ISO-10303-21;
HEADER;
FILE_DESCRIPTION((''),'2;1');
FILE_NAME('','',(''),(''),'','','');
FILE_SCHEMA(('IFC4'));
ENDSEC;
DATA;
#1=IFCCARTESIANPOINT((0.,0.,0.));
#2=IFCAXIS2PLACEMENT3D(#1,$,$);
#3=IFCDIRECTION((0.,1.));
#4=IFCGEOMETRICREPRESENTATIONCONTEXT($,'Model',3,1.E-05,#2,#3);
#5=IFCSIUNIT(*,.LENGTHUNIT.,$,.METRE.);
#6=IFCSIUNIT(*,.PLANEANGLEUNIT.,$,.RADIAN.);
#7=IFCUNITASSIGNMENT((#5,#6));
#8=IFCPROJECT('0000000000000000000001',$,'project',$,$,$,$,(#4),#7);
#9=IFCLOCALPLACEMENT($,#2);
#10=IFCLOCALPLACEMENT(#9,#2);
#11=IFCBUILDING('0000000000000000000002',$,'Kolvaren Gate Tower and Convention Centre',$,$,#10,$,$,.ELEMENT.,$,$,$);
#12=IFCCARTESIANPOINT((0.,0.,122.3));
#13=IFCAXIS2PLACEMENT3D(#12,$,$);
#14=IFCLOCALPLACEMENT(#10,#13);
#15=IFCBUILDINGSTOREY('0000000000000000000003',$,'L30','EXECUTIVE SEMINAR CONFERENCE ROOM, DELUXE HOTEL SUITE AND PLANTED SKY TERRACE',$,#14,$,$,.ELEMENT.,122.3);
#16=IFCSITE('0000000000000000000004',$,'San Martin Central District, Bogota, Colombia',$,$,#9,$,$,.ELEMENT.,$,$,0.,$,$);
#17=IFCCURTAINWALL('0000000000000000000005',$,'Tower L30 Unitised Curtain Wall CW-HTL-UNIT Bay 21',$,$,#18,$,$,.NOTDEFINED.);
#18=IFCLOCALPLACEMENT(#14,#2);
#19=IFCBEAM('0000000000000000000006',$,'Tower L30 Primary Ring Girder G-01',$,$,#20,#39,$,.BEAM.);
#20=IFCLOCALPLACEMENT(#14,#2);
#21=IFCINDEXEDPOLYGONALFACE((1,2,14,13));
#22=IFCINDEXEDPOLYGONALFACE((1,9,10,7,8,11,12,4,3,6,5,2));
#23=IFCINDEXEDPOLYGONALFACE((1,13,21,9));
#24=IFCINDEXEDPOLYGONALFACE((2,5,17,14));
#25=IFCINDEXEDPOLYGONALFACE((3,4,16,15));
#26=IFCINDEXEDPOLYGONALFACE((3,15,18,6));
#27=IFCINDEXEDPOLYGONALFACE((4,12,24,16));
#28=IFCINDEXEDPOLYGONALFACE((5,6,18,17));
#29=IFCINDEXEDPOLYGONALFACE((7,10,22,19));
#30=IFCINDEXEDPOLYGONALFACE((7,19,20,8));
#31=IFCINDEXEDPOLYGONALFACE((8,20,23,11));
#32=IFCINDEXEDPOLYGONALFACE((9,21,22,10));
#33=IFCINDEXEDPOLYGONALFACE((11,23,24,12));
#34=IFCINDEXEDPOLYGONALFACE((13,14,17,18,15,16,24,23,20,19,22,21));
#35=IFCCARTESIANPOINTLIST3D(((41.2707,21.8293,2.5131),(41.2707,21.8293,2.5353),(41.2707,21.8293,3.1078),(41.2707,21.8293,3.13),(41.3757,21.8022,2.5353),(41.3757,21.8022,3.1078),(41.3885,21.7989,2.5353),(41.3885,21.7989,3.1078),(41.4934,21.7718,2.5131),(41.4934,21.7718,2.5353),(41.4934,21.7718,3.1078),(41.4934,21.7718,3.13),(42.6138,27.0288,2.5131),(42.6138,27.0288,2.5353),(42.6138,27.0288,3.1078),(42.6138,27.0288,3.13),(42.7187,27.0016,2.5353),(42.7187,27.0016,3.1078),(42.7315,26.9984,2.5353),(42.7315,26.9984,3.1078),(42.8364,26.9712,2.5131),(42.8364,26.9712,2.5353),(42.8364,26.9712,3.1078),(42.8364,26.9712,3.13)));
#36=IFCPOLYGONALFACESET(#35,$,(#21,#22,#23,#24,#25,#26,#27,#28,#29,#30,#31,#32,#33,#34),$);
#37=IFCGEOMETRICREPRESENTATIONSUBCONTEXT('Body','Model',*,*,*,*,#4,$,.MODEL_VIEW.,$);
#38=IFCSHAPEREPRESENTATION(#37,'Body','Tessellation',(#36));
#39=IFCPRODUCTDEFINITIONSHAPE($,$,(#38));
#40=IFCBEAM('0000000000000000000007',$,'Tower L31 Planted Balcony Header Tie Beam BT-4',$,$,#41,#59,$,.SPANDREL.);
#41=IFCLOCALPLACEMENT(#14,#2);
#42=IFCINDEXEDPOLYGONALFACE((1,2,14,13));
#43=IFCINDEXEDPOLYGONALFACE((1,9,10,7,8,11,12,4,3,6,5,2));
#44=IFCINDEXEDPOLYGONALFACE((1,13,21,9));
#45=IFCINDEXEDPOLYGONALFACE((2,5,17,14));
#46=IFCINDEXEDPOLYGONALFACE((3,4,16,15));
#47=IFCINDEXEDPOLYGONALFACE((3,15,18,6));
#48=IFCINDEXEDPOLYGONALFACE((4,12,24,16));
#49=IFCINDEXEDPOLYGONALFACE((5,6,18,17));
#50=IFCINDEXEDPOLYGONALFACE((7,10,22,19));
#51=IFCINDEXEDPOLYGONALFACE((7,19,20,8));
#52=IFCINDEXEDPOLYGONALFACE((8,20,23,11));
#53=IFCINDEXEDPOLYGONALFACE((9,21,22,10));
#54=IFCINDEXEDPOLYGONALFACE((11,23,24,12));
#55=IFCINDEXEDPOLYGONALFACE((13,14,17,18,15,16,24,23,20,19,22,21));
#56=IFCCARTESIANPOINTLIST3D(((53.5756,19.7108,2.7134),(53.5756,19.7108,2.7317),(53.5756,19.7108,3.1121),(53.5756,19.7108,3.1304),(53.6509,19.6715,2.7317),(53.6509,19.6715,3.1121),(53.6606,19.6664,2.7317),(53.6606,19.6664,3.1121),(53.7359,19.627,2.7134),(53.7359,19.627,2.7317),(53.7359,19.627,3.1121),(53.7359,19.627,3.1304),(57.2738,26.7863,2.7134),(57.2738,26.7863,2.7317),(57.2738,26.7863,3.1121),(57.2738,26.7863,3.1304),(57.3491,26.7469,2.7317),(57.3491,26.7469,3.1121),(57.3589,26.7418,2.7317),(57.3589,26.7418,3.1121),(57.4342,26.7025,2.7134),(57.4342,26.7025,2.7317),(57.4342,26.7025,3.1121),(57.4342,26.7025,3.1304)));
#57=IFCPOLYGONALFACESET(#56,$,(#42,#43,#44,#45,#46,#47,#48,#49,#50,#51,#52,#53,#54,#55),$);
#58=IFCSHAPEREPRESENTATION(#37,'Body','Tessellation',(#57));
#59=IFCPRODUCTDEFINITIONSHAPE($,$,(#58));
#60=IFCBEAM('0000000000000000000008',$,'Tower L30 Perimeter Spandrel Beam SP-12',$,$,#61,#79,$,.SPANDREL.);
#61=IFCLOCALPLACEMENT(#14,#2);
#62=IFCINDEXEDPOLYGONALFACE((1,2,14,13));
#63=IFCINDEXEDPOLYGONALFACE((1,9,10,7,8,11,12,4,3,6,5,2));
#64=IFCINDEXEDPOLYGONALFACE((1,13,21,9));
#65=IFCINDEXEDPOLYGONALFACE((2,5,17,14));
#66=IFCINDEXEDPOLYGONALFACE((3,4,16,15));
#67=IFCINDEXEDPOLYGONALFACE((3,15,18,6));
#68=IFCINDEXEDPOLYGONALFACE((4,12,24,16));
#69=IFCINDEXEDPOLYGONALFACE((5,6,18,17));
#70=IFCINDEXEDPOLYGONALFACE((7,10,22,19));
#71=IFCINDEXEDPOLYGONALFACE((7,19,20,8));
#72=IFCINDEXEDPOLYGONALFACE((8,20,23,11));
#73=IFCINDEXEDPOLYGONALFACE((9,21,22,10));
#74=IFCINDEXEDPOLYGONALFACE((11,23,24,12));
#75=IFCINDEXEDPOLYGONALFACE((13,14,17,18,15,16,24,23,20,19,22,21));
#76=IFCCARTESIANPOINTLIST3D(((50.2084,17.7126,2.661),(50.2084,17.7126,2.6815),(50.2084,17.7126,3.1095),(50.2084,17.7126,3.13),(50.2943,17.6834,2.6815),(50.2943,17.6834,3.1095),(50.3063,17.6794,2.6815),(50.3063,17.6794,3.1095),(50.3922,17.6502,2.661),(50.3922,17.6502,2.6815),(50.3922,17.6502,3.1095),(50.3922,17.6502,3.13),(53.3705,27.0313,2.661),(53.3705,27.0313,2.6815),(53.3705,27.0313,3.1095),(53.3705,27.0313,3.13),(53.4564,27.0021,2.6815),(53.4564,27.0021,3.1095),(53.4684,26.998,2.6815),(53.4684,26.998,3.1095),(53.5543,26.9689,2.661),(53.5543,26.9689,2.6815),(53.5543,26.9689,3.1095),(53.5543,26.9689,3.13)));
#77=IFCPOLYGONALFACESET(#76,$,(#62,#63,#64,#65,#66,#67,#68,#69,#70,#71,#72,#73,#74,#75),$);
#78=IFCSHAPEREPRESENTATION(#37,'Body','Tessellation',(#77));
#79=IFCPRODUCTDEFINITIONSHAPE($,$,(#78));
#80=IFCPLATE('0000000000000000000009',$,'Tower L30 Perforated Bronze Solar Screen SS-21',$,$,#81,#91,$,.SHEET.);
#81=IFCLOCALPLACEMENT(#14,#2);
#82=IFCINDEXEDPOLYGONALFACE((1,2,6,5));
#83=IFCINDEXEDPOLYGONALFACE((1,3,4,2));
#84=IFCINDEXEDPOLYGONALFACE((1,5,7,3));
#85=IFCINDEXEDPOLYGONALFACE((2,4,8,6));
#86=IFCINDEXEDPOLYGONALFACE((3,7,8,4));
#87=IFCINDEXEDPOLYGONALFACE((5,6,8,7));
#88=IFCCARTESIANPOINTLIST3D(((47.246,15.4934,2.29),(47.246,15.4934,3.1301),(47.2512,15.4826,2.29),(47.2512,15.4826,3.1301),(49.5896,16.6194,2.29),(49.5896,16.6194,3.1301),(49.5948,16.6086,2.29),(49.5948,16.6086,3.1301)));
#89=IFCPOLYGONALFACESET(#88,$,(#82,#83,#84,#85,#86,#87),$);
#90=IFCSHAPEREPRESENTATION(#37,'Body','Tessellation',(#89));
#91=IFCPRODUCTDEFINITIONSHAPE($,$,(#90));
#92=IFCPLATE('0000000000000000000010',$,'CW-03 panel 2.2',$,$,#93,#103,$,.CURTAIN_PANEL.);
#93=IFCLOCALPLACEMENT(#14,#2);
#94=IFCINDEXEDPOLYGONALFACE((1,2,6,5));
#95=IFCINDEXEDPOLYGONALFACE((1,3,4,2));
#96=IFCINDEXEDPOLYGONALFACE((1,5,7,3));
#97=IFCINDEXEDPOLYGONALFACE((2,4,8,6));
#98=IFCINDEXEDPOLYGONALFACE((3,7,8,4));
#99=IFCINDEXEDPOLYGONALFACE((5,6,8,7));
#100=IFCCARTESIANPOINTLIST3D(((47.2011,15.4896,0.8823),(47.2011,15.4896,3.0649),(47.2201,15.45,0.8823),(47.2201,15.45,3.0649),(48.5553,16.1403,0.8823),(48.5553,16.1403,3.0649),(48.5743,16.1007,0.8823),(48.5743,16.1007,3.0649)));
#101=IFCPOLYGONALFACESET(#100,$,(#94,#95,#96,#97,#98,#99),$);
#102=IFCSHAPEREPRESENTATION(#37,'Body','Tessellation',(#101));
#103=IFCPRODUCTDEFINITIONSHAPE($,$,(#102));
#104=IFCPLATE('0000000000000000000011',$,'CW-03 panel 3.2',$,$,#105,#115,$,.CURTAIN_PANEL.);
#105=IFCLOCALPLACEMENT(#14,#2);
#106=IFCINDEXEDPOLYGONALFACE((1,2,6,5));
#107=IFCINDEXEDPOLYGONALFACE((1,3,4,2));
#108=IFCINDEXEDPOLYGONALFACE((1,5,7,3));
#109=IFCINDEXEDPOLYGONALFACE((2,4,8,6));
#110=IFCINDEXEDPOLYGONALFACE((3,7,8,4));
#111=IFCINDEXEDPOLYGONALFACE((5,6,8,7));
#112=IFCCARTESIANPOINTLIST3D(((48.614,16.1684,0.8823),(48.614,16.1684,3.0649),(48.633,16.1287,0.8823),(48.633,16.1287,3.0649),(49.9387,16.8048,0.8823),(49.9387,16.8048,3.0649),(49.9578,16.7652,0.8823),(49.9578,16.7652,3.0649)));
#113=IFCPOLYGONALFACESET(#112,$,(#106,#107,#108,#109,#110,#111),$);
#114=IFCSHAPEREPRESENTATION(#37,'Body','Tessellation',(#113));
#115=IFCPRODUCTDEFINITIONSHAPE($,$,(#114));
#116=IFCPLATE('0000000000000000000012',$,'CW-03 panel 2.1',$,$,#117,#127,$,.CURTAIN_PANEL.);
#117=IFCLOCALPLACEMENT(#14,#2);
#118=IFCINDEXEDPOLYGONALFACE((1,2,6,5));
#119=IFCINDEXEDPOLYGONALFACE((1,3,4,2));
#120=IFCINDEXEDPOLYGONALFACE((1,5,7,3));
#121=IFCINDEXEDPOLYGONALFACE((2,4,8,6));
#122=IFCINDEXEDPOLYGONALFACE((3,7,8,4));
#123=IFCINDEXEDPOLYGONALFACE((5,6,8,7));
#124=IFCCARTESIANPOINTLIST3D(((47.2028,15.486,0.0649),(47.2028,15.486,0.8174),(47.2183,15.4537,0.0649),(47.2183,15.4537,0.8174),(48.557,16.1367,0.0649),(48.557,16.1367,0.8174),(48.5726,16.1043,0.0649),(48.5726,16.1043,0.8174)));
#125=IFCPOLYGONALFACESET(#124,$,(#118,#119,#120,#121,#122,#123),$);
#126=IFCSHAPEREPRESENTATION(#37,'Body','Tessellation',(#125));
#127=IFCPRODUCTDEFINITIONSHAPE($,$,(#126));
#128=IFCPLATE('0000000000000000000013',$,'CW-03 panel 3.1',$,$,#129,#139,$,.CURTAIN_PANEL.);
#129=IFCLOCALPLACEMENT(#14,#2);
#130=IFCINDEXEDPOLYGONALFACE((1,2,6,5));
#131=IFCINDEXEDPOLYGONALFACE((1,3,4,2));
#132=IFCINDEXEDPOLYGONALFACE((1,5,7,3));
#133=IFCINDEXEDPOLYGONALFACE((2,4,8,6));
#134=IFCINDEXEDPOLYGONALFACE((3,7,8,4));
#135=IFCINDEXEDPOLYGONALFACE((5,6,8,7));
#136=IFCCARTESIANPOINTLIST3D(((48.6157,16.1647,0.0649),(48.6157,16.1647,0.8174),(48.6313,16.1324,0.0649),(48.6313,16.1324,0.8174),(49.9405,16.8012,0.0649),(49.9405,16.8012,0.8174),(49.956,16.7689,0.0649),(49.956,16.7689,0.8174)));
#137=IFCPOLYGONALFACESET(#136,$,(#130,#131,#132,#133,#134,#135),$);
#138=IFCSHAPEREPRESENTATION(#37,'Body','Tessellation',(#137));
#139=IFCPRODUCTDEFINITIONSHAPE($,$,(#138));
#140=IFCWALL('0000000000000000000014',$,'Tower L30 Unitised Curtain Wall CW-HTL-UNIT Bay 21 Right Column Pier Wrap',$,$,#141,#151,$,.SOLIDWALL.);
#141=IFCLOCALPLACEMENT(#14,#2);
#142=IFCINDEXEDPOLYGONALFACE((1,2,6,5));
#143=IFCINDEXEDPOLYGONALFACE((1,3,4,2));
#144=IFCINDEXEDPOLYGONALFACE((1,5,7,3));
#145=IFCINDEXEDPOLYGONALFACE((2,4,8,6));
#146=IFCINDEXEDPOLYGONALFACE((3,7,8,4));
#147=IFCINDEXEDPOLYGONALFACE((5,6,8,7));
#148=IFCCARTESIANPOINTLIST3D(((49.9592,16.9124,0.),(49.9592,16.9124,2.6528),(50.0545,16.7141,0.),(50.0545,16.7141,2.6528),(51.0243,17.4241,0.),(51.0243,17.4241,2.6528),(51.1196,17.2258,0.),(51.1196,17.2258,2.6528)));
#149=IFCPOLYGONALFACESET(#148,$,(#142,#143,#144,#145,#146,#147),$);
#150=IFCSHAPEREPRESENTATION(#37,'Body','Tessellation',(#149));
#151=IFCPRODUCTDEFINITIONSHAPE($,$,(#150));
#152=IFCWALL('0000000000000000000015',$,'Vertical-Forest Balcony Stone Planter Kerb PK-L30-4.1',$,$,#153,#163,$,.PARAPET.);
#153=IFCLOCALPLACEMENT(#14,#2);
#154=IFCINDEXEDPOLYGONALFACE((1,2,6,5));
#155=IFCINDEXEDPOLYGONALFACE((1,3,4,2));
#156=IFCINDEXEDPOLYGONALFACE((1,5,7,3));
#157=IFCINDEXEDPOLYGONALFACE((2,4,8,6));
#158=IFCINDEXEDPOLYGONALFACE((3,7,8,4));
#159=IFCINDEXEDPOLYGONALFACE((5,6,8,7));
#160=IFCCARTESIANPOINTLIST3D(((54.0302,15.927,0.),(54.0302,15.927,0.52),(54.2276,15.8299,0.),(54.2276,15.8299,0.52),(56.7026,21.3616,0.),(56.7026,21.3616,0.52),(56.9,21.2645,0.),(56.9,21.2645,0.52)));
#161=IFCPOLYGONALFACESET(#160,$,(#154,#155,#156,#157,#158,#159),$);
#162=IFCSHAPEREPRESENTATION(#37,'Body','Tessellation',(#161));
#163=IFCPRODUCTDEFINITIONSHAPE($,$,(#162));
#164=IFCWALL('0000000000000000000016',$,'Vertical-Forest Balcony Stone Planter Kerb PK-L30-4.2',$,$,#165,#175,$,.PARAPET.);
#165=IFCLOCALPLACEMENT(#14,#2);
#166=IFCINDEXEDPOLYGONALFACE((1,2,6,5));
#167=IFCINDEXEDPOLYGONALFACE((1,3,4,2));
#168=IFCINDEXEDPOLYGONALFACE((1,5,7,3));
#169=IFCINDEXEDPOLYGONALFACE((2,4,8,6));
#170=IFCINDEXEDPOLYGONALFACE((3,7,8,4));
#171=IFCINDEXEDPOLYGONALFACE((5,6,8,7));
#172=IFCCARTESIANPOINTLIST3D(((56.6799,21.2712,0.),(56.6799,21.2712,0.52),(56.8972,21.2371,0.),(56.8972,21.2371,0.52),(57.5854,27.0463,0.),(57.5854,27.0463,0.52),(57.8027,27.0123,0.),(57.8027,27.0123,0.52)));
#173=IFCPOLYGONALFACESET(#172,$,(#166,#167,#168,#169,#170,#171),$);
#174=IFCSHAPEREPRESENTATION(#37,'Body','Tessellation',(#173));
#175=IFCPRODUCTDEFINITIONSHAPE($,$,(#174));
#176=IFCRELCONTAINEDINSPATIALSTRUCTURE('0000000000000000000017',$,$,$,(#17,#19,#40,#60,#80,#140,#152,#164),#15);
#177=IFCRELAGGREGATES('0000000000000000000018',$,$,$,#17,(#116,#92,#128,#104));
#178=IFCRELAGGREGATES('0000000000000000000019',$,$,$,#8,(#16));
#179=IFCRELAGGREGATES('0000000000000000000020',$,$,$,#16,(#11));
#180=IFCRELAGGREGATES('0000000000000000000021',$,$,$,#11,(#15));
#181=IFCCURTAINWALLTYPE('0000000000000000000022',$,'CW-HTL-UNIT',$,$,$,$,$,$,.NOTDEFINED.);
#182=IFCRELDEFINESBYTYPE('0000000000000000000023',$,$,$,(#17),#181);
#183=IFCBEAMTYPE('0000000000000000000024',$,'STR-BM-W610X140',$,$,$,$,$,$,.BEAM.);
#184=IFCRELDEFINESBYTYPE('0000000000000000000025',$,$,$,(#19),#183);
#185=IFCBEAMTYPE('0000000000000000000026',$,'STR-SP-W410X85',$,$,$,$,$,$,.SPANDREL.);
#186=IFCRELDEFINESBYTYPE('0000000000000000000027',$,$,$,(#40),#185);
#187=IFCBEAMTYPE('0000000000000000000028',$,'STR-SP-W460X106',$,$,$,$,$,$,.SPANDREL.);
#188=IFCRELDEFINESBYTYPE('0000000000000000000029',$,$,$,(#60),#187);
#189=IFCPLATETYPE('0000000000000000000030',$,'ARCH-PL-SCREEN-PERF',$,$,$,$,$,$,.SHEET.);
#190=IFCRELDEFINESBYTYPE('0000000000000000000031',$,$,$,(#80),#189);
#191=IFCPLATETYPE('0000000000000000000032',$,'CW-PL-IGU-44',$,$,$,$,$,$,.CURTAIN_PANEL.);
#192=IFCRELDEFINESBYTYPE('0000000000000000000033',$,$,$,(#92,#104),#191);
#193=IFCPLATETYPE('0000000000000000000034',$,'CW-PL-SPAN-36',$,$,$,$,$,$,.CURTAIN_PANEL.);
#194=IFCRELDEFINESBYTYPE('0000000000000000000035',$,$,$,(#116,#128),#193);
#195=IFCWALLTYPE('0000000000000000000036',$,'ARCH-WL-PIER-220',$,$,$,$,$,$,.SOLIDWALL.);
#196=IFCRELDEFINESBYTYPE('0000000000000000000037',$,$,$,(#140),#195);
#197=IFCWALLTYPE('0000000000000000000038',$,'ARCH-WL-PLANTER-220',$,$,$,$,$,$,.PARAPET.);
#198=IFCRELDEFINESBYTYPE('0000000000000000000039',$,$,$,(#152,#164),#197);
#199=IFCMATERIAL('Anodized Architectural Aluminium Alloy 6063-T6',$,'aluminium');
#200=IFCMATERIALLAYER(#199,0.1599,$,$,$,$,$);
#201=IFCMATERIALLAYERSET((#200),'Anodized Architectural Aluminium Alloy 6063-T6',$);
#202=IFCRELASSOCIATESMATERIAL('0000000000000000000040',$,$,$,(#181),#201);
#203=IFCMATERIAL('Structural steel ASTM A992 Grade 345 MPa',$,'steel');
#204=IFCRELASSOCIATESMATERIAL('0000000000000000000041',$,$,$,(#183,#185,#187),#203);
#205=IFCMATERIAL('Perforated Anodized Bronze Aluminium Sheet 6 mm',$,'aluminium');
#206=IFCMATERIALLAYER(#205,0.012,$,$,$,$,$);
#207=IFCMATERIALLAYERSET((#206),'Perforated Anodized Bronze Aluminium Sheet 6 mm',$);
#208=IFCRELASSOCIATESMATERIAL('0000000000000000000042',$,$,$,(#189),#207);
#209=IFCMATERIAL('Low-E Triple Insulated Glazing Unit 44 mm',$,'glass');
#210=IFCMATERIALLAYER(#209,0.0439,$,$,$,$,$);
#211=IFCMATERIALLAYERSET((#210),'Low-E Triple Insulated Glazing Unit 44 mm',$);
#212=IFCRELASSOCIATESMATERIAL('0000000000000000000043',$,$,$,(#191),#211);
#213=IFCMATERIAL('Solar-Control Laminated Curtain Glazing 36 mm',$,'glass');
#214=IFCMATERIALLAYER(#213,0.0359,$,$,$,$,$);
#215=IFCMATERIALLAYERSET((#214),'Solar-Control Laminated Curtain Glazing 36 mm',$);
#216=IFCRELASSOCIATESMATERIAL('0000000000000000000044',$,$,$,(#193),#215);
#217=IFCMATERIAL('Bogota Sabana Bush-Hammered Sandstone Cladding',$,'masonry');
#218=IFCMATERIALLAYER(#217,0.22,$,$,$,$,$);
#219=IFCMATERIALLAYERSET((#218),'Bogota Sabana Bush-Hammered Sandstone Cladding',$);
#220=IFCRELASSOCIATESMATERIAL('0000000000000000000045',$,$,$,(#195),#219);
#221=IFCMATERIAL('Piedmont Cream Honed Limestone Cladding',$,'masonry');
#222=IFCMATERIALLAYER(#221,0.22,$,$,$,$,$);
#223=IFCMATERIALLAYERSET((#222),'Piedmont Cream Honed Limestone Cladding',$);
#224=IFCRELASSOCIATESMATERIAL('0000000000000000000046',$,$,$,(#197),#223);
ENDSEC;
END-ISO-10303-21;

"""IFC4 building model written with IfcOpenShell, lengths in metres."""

from ifc_helpers import new_model, si_unit, direction, frame, frame_2d, origin, origin_2d, place, context, subcontext, project, spatial, rectangle, i_section, extrude, material, layer, layer_set, material_profile, profile_set, type_object, element, aggregate, save


model = new_model("IFC4")

# Units and contexts
model_context = context("Model", 3, precision=1e-05, world=origin(), true_north=direction((0.0, 1.0)))
body_context = subcontext(model_context, "Body", "Model", "MODEL_VIEW")
ifc_project = project(units=[si_unit("LENGTHUNIT", "METRE"), si_unit("PLANEANGLEUNIT", "RADIAN")], contexts=[model_context])

# Site, building, storey
site_placement = place(None, origin())
site = spatial("IfcSite", under=ifc_project, at=site_placement, Name="San Martin Central District, Bogota, Colombia", CompositionType="ELEMENT", RefElevation=0.0)
building_placement = place(site_placement, origin())
building = spatial("IfcBuilding", under=site, at=building_placement, Name="Kolvaren Gate Tower and Convention Centre", CompositionType="ELEMENT")
storey_placement = place(building_placement, frame((0.0, 0.0, 122.3)))
storey = spatial("IfcBuildingStorey", under=building, at=storey_placement, Name="L30", Description="EXECUTIVE SEMINAR CONFERENCE ROOM, DELUXE HOTEL SUITE AND PLANTED SKY TERRACE", CompositionType="ELEMENT", Elevation=122.3)

# Curtain wall
ifc_material_1 = material(Name="Anodized Architectural Aluminium Alloy 6063-T6", Category="aluminium")
ifc_layer_1 = layer(ifc_material_1, 0.1599)
ifc_layer_set_1 = layer_set([ifc_layer_1], Name="Anodized Architectural Aluminium Alloy 6063-T6")
curtain_wall_type = type_object("IfcCurtainWallType", Name="CW-HTL-UNIT", PredefinedType="NOTDEFINED", material=ifc_layer_set_1)
curtain_wall_placement = place(storey_placement, origin())
curtain_wall = element("IfcCurtainWall", 1, at=curtain_wall_placement, inside=storey, type_object=curtain_wall_type, Name="Tower L30 Unitised Curtain Wall CW-HTL-UNIT Bay 21", PredefinedType="NOTDEFINED")

# Beams
ifc_material_2 = material(Name="Structural steel ASTM A992 Grade 345 MPa", Category="steel")
ifc_material_profile_1 = material_profile(ifc_material_2, i_section(OverallWidth=0.23, OverallDepth=0.6169, WebThickness=0.0132, FlangeThickness=0.0222, at=origin_2d()), Name="W610X140")
ifc_profile_set_1 = profile_set([ifc_material_profile_1], Name="Structural steel ASTM A992 Grade 345 MPa")
beam_type_1 = type_object("IfcBeamType", Name="STR-BM-W610X140", PredefinedType="BEAM", material=ifc_profile_set_1)
beam_1_placement = place(storey_placement, frame((42.7251, 27.0, 2.8215), z_axis=(-0.250091, -0.968222, 0.0), x_axis=(0.968222, -0.250091, 0.0)))
element("IfcBeam", 2, at=beam_1_placement, inside=storey, type_object=beam_type_1, Name="Tower L30 Primary Ring Girder G-01", PredefinedType="BEAM", context=body_context, shape_type="SweptSolid", body=[
    extrude(i_section(OverallWidth=0.23, OverallDepth=0.6169, WebThickness=0.0132, FlangeThickness=0.0222, at=origin_2d()), origin(), (0.0, 0.0, 1.0), 5.3701),
])
ifc_material_profile_2 = material_profile(ifc_material_2, i_section(OverallWidth=0.1809, OverallDepth=0.417, WebThickness=0.011, FlangeThickness=0.0183, at=origin_2d()), Name="W410X85")
ifc_profile_set_2 = profile_set([ifc_material_profile_2], Name="Structural steel ASTM A992 Grade 345 MPa")
beam_type_2 = type_object("IfcBeamType", Name="STR-SP-W410X85", PredefinedType="SPANDREL", material=ifc_profile_set_2)
beam_2_placement = place(storey_placement, frame((53.6558, 19.6689, 2.9219), z_axis=(0.463226, 0.88624, 0.0), x_axis=(-0.88624, 0.463226, 0.0)))
element("IfcBeam", 3, at=beam_2_placement, inside=storey, type_object=beam_type_2, Name="Tower L31 Planted Balcony Header Tie Beam BT-4", PredefinedType="SPANDREL", context=body_context, shape_type="SweptSolid", body=[
    extrude(i_section(OverallWidth=0.1809, OverallDepth=0.417, WebThickness=0.011, FlangeThickness=0.0183, at=origin_2d()), origin(), (0.0, 0.0, 1.0), 7.9836),
])
ifc_material_profile_3 = material_profile(ifc_material_2, i_section(OverallWidth=0.1941, OverallDepth=0.469, WebThickness=0.0127, FlangeThickness=0.0205, at=origin_2d()), Name="W460X106")
ifc_profile_set_3 = profile_set([ifc_material_profile_3], Name="Structural steel ASTM A992 Grade 345 MPa")
beam_type_3 = type_object("IfcBeamType", Name="STR-SP-W460X106", PredefinedType="SPANDREL", material=ifc_profile_set_3)
beam_3_placement = place(storey_placement, frame((50.3003, 17.6814, 2.8955), z_axis=(0.321336, 0.946965, 0.0), x_axis=(-0.946965, 0.321336, 0.0)))
element("IfcBeam", 4, at=beam_3_placement, inside=storey, type_object=beam_type_3, Name="Tower L30 Perimeter Spandrel Beam SP-12", PredefinedType="SPANDREL", context=body_context, shape_type="SweptSolid", body=[
    extrude(i_section(OverallWidth=0.1941, OverallDepth=0.469, WebThickness=0.0127, FlangeThickness=0.0205, at=origin_2d()), origin(), (0.0, 0.0, 1.0), 9.8406),
])

# Plates
ifc_material_3 = material(Name="Perforated Anodized Bronze Aluminium Sheet 6 mm", Category="aluminium")
ifc_layer_2 = layer(ifc_material_3, 0.012)
ifc_layer_set_2 = layer_set([ifc_layer_2], Name="Perforated Anodized Bronze Aluminium Sheet 6 mm")
plate_type_1 = type_object("IfcPlateType", Name="ARCH-PL-SCREEN-PERF", PredefinedType="SHEET", material=ifc_layer_set_2)
plate_1_placement = place(storey_placement, frame((48.4204, 16.051, 2.29), z_axis=(0.0, 0.0, 1.0), x_axis=(0.901363, 0.433065, 0.0)))
element("IfcPlate", 5, at=plate_1_placement, inside=storey, type_object=plate_type_1, Name="Tower L30 Perforated Bronze Solar Screen SS-21", PredefinedType="SHEET", context=body_context, shape_type="SweptSolid", body=[
    extrude(rectangle(XDim=2.6001, YDim=0.012, at=origin_2d()), origin(), (0.0, 0.0, 1.0), 0.8401),
])
ifc_material_4 = material(Name="Low-E Triple Insulated Glazing Unit 44 mm", Category="glass")
ifc_layer_3 = layer(ifc_material_4, 0.0439)
ifc_layer_set_3 = layer_set([ifc_layer_3], Name="Low-E Triple Insulated Glazing Unit 44 mm")
plate_type_2 = type_object("IfcPlateType", Name="CW-PL-IGU-44", PredefinedType="CURTAIN_PANEL", material=ifc_layer_set_3)
plate_2_placement = place(storey_placement, frame((47.8877, 15.7952, 0.8823), z_axis=(0.0, 0.0, 1.0), x_axis=(0.90136, 0.433071, 0.0)))
plate_2 = element("IfcPlate", 6, at=plate_2_placement, type_object=plate_type_2, Name="CW-03 panel 2.2", PredefinedType="CURTAIN_PANEL", context=body_context, shape_type="SweptSolid", body=[
    extrude(rectangle(XDim=1.5024, YDim=0.0439, at=origin_2d()), origin(), (0.0, 0.0, 1.0), 2.1826),
])
plate_3_placement = place(storey_placement, frame((49.2859, 16.4668, 0.8823), z_axis=(0.0, 0.0, 1.0), x_axis=(0.90136, 0.433071, 0.0)))
plate_3 = element("IfcPlate", 7, at=plate_3_placement, type_object=plate_type_2, Name="CW-03 panel 3.2", PredefinedType="CURTAIN_PANEL", context=body_context, shape_type="SweptSolid", body=[
    extrude(rectangle(XDim=1.4697, YDim=0.0439, at=origin_2d()), origin(), (0.0, 0.0, 1.0), 2.1826),
])
ifc_material_5 = material(Name="Solar-Control Laminated Curtain Glazing 36 mm", Category="glass")
ifc_layer_4 = layer(ifc_material_5, 0.0359)
ifc_layer_set_4 = layer_set([ifc_layer_4], Name="Solar-Control Laminated Curtain Glazing 36 mm")
plate_type_3 = type_object("IfcPlateType", Name="CW-PL-SPAN-36", PredefinedType="CURTAIN_PANEL", material=ifc_layer_set_4)
plate_4_placement = place(storey_placement, frame((47.8877, 15.7952, 0.0649), z_axis=(0.0, 0.0, 1.0), x_axis=(0.90136, 0.433071, 0.0)))
plate_4 = element("IfcPlate", 8, at=plate_4_placement, type_object=plate_type_3, Name="CW-03 panel 2.1", PredefinedType="CURTAIN_PANEL", context=body_context, shape_type="SweptSolid", body=[
    extrude(rectangle(XDim=1.5024, YDim=0.0359, at=origin_2d()), origin(), (0.0, 0.0, 1.0), 0.7524),
])
plate_5_placement = place(storey_placement, frame((49.2859, 16.4668, 0.0649), z_axis=(0.0, 0.0, 1.0), x_axis=(0.90136, 0.433071, 0.0)))
plate_5 = element("IfcPlate", 9, at=plate_5_placement, type_object=plate_type_3, Name="CW-03 panel 3.1", PredefinedType="CURTAIN_PANEL", context=body_context, shape_type="SweptSolid", body=[
    extrude(rectangle(XDim=1.4697, YDim=0.0359, at=origin_2d()), origin(), (0.0, 0.0, 1.0), 0.7524),
])
aggregate(curtain_wall, [plate_4, plate_2, plate_5, plate_3])

# Walls
ifc_material_6 = material(Name="Bogota Sabana Bush-Hammered Sandstone Cladding", Category="masonry")
ifc_layer_5 = layer(ifc_material_6, 0.22)
ifc_layer_set_5 = layer_set([ifc_layer_5], Name="Bogota Sabana Bush-Hammered Sandstone Cladding")
wall_type_1 = type_object("IfcWallType", Name="ARCH-WL-PIER-220", PredefinedType="SOLIDWALL", material=ifc_layer_set_5)
wall_1_placement = place(storey_placement, frame((50.0068, 16.8132, 0.0), z_axis=(0.0, 0.0, 1.0), x_axis=(0.901381, 0.433027, 0.0)))
element("IfcWall", 10, at=wall_1_placement, inside=storey, type_object=wall_type_1, Name="Tower L30 Unitised Curtain Wall CW-HTL-UNIT Bay 21 Right Column Pier Wrap", PredefinedType="SOLIDWALL", context=body_context, shape_type="SweptSolid", body=[
    extrude(rectangle(XDim=1.1816, YDim=0.22, at=frame_2d((0.5908, 0.0))), origin(), (0.0, 0.0, 1.0), 2.6528),
])
ifc_material_7 = material(Name="Piedmont Cream Honed Limestone Cladding", Category="masonry")
ifc_layer_6 = layer(ifc_material_7, 0.22)
ifc_layer_set_6 = layer_set([ifc_layer_6], Name="Piedmont Cream Honed Limestone Cladding")
wall_type_2 = type_object("IfcWallType", Name="ARCH-WL-PLANTER-220", PredefinedType="PARAPET", material=ifc_layer_set_6)
wall_2_placement = place(storey_placement, frame((54.1289, 15.8784, 0.0), z_axis=(0.0, 0.0, 1.0), x_axis=(0.44127, 0.897375, 0.0)))
element("IfcWall", 11, at=wall_2_placement, inside=storey, type_object=wall_type_2, Name="Vertical-Forest Balcony Stone Planter Kerb PK-L30-4.1", PredefinedType="PARAPET", context=body_context, shape_type="SweptSolid", body=[
    extrude(rectangle(XDim=6.0562, YDim=0.22, at=frame_2d((3.0281, 0.0))), origin(), (0.0, 0.0, 1.0), 0.52),
])
wall_3_placement = place(storey_placement, frame((56.7886, 21.2542, 0.0), z_axis=(0.0, 0.0, 1.0), x_axis=(0.154903, 0.98793, 0.0)))
element("IfcWall", 12, at=wall_3_placement, inside=storey, type_object=wall_type_2, Name="Vertical-Forest Balcony Stone Planter Kerb PK-L30-4.2", PredefinedType="PARAPET", context=body_context, shape_type="SweptSolid", body=[
    extrude(rectangle(XDim=5.8457, YDim=0.22, at=frame_2d((2.9229, 0.0))), origin(), (0.0, 0.0, 1.0), 0.52),
])

save(model, "model.ifc")
